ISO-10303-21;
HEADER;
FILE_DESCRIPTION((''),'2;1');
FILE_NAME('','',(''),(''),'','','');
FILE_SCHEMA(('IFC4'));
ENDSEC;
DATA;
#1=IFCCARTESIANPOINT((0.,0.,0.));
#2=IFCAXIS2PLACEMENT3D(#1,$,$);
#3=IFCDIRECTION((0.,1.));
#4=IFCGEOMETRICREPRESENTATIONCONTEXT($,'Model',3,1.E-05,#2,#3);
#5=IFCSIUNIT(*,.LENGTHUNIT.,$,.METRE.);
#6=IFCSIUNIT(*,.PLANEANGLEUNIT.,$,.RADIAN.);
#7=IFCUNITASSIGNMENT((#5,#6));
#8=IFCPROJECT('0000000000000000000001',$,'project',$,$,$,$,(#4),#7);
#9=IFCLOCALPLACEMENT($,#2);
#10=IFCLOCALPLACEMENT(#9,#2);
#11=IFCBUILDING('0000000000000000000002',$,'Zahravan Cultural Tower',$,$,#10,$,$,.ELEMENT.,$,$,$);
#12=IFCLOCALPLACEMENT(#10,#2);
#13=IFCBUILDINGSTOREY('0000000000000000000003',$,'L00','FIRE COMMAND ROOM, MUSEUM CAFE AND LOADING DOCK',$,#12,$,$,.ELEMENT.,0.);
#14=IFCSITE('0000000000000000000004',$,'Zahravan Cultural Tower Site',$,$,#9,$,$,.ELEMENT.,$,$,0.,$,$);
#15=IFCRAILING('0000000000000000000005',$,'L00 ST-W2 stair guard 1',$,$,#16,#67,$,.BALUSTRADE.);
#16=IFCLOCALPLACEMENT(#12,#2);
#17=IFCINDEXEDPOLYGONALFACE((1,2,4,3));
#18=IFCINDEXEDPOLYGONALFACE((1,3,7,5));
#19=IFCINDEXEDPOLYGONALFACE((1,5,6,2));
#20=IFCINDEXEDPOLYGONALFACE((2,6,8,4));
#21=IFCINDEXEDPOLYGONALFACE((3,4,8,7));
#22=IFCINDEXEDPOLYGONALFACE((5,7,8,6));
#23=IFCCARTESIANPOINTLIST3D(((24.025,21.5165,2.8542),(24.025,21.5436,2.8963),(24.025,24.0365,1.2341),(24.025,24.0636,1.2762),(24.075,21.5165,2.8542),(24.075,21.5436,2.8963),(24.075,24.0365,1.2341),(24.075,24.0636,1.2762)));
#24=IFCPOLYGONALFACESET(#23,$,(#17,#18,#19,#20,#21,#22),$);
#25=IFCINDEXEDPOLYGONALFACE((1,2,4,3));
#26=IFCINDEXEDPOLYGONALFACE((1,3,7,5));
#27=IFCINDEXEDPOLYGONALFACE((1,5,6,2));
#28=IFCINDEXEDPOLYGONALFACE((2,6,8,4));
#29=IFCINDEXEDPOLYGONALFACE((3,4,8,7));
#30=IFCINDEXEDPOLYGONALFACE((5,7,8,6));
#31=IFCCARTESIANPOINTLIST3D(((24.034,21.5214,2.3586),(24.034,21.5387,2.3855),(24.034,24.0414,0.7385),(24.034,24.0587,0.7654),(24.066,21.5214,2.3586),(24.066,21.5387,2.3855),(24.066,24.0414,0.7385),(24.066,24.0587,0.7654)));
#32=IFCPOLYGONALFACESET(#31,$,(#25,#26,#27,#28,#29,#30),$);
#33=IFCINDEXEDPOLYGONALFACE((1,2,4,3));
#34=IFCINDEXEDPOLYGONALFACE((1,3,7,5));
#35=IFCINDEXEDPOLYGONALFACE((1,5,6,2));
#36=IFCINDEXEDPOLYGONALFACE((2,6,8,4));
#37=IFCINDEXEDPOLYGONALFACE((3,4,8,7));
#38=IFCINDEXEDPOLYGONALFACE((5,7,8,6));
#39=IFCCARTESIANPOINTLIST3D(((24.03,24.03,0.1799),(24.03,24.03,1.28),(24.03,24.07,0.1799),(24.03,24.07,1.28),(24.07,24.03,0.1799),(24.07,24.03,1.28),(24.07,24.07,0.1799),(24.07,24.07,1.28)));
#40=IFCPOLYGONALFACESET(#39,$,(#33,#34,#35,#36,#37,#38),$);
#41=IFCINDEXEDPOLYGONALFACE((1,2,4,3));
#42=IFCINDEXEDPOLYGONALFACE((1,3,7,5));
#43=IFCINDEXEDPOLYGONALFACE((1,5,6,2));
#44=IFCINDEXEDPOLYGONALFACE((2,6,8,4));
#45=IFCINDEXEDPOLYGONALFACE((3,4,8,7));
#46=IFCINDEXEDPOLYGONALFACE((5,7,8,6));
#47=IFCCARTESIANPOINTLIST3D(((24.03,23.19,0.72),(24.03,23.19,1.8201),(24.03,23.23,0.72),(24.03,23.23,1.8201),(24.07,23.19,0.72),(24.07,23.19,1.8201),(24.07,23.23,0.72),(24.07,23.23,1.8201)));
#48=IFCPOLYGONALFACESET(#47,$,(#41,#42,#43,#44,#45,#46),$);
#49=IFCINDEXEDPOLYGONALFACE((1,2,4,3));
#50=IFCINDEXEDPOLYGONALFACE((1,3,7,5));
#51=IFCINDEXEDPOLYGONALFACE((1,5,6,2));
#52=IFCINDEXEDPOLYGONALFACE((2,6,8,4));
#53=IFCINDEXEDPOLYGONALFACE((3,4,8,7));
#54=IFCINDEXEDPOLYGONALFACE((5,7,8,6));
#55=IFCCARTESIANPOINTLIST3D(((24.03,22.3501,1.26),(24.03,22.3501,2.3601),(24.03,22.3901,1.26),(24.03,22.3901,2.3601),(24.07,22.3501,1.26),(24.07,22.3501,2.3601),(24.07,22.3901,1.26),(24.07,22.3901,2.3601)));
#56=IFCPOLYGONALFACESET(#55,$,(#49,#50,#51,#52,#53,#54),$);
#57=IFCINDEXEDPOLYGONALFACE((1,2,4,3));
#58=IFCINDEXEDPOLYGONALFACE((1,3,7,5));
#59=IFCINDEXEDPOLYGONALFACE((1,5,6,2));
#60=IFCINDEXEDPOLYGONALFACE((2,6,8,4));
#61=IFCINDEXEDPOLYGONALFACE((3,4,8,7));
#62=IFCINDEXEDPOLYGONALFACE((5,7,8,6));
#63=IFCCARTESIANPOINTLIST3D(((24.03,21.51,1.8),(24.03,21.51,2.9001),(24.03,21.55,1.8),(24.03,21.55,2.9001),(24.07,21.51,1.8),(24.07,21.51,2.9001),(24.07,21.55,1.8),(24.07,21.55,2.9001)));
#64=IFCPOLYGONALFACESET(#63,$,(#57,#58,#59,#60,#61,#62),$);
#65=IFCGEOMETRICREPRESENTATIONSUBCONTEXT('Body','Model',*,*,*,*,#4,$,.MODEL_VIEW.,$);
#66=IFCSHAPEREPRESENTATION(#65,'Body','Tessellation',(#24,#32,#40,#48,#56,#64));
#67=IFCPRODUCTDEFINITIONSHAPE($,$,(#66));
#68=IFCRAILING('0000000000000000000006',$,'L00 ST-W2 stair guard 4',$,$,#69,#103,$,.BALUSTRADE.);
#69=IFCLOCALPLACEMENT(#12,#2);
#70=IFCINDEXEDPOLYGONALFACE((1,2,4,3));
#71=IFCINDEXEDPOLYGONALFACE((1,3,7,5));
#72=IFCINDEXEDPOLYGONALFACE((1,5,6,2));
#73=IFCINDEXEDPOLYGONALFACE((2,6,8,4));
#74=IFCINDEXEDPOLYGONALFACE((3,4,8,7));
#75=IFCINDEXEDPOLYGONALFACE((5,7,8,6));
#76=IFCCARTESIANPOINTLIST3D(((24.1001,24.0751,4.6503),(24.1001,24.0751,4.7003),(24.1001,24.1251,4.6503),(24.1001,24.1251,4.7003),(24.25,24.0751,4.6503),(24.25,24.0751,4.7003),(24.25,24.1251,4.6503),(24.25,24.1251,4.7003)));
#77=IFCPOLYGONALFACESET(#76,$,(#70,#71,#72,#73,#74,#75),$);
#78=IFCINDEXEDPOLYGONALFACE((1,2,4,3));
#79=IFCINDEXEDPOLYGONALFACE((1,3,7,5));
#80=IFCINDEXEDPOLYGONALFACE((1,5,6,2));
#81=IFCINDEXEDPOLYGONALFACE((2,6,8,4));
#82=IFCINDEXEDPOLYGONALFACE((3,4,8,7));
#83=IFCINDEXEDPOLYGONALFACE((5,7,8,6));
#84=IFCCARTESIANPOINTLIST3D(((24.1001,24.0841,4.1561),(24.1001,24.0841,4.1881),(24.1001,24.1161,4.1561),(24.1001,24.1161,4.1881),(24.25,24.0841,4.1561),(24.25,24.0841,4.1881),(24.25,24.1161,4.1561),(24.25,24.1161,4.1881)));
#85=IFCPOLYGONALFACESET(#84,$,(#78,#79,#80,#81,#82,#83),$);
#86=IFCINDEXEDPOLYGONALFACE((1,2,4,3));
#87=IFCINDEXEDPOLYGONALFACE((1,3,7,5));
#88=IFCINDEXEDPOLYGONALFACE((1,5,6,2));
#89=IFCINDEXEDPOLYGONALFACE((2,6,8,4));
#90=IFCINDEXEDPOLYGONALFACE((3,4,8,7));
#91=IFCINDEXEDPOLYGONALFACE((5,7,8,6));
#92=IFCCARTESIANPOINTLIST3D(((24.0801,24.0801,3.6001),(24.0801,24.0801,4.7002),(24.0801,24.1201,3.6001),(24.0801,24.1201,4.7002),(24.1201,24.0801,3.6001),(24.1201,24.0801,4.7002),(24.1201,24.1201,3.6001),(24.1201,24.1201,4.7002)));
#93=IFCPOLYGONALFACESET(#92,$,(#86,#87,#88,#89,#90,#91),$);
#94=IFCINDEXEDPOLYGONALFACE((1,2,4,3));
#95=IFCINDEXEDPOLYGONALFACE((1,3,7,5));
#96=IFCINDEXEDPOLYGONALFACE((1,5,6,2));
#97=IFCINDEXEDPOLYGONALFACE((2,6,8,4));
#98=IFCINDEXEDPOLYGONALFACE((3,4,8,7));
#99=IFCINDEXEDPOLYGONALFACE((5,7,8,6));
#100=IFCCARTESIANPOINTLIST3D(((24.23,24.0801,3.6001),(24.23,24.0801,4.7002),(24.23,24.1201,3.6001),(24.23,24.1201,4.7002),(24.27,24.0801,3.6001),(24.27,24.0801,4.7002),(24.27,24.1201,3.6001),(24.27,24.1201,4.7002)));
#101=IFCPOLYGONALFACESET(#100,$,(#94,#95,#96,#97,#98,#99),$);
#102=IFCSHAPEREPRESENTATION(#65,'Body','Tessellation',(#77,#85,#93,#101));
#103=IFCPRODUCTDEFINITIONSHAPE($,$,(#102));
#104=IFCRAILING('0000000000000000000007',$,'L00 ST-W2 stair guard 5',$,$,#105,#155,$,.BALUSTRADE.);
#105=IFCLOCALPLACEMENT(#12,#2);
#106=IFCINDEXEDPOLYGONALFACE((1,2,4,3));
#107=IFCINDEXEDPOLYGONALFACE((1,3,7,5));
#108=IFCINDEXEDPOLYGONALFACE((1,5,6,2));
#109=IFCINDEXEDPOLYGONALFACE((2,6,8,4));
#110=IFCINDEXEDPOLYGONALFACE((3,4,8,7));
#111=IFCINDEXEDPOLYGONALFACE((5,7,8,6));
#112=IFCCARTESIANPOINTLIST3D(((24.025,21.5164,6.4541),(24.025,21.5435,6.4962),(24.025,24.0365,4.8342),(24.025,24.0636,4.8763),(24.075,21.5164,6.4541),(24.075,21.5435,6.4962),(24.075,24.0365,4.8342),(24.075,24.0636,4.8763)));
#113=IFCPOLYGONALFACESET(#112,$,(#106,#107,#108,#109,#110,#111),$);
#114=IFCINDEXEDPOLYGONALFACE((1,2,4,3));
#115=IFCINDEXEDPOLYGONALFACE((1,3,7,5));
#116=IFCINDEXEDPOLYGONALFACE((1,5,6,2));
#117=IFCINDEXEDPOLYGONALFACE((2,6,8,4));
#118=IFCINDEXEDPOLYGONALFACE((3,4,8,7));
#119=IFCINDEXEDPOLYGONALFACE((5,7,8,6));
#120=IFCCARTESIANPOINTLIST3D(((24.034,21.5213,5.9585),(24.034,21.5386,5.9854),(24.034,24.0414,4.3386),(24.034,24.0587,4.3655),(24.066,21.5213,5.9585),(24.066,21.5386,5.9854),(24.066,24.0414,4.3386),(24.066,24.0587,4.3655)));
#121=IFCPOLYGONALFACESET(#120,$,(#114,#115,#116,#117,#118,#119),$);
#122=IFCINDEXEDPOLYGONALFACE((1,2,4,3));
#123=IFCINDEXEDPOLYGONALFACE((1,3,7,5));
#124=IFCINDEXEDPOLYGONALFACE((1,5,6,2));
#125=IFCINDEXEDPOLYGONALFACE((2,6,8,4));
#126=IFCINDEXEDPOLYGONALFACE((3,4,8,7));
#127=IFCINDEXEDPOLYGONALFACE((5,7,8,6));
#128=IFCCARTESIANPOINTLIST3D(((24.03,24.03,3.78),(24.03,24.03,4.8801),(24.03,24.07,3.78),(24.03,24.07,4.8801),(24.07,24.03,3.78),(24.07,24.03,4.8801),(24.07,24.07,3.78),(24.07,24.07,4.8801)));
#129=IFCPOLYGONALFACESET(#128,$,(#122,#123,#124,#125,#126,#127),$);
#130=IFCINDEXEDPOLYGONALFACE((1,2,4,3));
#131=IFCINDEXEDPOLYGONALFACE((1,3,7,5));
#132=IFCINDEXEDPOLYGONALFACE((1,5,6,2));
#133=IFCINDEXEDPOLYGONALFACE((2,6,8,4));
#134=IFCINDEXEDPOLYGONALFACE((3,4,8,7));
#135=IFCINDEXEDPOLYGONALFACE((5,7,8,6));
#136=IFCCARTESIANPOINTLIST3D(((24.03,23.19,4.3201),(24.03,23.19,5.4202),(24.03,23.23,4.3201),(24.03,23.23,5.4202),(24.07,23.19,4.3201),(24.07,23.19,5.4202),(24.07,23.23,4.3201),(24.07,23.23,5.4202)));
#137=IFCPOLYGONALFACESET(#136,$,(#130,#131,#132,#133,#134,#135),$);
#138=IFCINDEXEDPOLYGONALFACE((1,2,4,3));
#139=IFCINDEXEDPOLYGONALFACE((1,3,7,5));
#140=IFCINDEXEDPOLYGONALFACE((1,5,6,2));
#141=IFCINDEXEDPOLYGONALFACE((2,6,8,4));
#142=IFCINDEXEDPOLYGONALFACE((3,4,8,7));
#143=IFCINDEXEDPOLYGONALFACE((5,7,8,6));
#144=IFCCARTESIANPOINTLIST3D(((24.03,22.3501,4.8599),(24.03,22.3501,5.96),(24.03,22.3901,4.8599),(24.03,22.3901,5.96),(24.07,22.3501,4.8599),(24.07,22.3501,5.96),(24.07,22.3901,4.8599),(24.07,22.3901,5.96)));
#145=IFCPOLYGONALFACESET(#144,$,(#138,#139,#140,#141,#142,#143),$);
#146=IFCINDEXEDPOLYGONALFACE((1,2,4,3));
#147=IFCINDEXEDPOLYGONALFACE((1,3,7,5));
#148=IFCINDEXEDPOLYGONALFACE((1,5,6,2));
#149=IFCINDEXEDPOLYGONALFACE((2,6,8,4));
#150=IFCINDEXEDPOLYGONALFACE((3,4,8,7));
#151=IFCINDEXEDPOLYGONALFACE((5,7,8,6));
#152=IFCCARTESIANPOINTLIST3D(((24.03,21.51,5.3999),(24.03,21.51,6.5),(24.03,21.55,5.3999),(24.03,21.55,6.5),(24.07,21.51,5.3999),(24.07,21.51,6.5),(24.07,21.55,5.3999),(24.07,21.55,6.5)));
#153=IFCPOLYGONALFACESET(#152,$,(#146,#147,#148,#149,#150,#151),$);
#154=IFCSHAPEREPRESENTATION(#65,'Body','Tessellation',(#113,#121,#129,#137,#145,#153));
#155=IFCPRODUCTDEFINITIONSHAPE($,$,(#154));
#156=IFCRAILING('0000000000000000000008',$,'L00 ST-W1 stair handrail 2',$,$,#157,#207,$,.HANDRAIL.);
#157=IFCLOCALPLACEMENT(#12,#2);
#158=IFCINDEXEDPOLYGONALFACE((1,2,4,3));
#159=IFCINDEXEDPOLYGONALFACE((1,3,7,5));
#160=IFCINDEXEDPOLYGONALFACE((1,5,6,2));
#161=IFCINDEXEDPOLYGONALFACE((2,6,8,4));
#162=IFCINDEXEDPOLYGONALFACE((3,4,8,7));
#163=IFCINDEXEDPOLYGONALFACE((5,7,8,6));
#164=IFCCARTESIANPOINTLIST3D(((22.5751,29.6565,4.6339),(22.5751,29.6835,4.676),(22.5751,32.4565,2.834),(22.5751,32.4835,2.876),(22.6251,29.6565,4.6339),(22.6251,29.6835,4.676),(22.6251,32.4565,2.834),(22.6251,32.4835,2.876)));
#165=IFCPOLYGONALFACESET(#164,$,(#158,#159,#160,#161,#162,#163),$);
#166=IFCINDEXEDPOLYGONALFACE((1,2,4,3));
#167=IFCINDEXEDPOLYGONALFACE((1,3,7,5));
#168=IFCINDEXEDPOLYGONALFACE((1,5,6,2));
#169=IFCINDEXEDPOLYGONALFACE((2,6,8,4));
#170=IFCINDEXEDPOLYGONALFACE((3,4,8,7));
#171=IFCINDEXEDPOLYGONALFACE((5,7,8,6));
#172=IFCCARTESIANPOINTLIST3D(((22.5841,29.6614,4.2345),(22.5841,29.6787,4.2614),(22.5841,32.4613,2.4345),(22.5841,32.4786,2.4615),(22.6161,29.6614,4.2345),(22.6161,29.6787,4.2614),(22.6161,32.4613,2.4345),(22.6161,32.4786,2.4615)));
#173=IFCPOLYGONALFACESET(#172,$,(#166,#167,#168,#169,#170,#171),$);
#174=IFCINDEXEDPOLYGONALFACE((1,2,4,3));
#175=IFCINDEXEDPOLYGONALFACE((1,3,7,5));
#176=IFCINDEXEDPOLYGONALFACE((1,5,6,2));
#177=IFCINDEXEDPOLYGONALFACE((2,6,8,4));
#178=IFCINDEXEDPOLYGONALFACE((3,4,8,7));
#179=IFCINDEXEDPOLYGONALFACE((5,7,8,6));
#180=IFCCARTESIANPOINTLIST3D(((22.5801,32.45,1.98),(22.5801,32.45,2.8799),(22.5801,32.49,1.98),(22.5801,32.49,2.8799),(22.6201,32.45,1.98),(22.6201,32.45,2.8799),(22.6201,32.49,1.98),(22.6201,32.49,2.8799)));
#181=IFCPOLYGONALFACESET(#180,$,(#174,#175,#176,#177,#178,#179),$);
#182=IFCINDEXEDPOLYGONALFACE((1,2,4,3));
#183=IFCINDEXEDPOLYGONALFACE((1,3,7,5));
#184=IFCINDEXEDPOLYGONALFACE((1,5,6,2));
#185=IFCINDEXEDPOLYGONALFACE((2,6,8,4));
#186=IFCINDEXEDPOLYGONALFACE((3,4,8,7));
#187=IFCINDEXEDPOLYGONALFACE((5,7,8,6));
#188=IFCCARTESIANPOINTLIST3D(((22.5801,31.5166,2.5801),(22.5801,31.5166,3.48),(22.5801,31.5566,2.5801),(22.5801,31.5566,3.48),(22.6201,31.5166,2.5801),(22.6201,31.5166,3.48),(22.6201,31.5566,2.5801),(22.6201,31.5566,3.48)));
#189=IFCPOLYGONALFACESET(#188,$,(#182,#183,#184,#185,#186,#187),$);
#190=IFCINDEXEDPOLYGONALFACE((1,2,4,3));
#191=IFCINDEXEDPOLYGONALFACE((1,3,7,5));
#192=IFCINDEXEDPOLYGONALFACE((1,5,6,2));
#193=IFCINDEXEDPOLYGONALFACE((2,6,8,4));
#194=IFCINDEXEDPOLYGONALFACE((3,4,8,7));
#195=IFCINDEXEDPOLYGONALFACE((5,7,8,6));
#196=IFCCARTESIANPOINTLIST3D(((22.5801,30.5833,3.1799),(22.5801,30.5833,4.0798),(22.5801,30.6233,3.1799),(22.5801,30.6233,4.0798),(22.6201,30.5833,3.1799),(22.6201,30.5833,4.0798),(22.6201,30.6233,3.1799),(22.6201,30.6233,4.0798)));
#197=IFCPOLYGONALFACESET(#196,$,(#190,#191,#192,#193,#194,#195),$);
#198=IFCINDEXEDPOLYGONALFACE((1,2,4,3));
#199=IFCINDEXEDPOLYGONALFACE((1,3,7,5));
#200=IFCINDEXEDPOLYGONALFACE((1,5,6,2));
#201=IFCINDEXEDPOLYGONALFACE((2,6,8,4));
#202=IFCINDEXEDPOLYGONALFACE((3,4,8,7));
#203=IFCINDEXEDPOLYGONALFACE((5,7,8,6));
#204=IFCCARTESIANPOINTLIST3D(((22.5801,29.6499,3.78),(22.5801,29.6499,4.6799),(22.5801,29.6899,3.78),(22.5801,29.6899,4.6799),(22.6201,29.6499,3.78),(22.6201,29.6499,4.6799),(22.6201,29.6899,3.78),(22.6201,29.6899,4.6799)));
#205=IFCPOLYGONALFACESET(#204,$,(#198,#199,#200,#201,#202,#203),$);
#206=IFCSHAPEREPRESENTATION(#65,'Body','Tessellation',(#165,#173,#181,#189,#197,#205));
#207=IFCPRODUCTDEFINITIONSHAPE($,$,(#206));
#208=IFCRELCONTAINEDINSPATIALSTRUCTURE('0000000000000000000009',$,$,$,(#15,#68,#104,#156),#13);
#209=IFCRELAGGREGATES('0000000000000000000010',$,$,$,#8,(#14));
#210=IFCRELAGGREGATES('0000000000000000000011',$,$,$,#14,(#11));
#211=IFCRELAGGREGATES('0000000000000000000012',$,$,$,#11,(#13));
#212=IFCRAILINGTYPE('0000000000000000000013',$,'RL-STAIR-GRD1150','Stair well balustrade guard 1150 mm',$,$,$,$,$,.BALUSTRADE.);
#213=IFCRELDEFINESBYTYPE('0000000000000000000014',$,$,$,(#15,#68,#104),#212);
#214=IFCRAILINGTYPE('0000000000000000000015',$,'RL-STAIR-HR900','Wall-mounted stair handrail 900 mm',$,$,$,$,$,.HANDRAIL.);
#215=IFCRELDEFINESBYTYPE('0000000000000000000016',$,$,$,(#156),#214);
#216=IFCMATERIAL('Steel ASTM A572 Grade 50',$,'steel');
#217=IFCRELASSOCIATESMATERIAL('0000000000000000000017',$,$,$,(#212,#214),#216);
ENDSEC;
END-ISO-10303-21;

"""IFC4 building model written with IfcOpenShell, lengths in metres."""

from ifc_helpers import new_model, si_unit, direction, frame, origin, origin_2d, place, context, subcontext, project, spatial, rectangle, extrude, material, type_object, element, save


model = new_model("IFC4")

# Units and contexts
model_context = context("Model", 3, precision=1e-05, world=origin(), true_north=direction((0.0, 1.0)))
body_context = subcontext(model_context, "Body", "Model", "MODEL_VIEW")
ifc_project = project(units=[si_unit("LENGTHUNIT", "METRE"), si_unit("PLANEANGLEUNIT", "RADIAN")], contexts=[model_context])

# Site, building, storey
site_placement = place(None, origin())
site = spatial("IfcSite", under=ifc_project, at=site_placement, Name="Zahravan Cultural Tower Site", CompositionType="ELEMENT", RefElevation=0.0)
building_placement = place(site_placement, origin())
building = spatial("IfcBuilding", under=site, at=building_placement, Name="Zahravan Cultural Tower", CompositionType="ELEMENT")
storey_placement = place(building_placement, origin())
storey = spatial("IfcBuildingStorey", under=building, at=storey_placement, Name="L00", Description="FIRE COMMAND ROOM, MUSEUM CAFE AND LOADING DOCK", CompositionType="ELEMENT", Elevation=0.0)

# Railings
ifc_material_1 = material(Name="Steel ASTM A572 Grade 50", Category="steel")
railing_type_1 = type_object("IfcRailingType", Name="RL-STAIR-GRD1150", Description="Stair well balustrade guard 1150 mm", PredefinedType="BALUSTRADE", material=ifc_material_1)
railing_1_placement = place(storey_placement, frame((24.05, 24.05, 0.1799)))
element("IfcRailing", 1, at=railing_1_placement, inside=storey, type_object=railing_type_1, Name="L00 ST-W2 stair guard 1", PredefinedType="BALUSTRADE", context=body_context, shape_type="SweptSolid", body=[
    extrude(rectangle(XDim=0.05, YDim=0.05, at=origin_2d()), frame((0.0, 0.0, 1.0752), z_axis=(0.0, -0.841163, 0.540782), x_axis=(1.0, 0.0, 0.0)), (0.0, 0.0, 1.0), 2.9958),
    extrude(rectangle(XDim=0.032, YDim=0.032, at=origin_2d()), frame((0.0, 0.0, 0.572), z_axis=(0.0, -0.841163, 0.540782), x_axis=(1.0, 0.0, 0.0)), (0.0, 0.0, 1.0), 2.9958),
    extrude(rectangle(XDim=0.04, YDim=0.04, at=origin_2d()), origin(), (0.0, 0.0, 1.0), 1.1001),
    extrude(rectangle(XDim=0.04, YDim=0.04, at=origin_2d()), frame((0.0, -0.8401, 0.54)), (0.0, 0.0, 1.0), 1.1001),
    extrude(rectangle(XDim=0.04, YDim=0.04, at=origin_2d()), frame((0.0, -1.6799, 1.0801)), (0.0, 0.0, 1.0), 1.1001),
    extrude(rectangle(XDim=0.04, YDim=0.04, at=origin_2d()), frame((0.0, -2.52, 1.6201)), (0.0, 0.0, 1.0), 1.1001),
])
railing_2_placement = place(storey_placement, frame((24.1001, 24.1001, 3.6001)))
element("IfcRailing", 2, at=railing_2_placement, inside=storey, type_object=railing_type_1, Name="L00 ST-W2 stair guard 4", PredefinedType="BALUSTRADE", context=body_context, shape_type="SweptSolid", body=[
    extrude(rectangle(XDim=0.05, YDim=0.05, at=origin_2d()), frame((0.0, 0.0, 1.0752), z_axis=(1.0, 0.0, 0.0), x_axis=(0.0, 1.0, 0.0)), (0.0, 0.0, 1.0), 0.1499),
    extrude(rectangle(XDim=0.032, YDim=0.032, at=origin_2d()), frame((0.0, 0.0, 0.572), z_axis=(1.0, 0.0, 0.0), x_axis=(0.0, 1.0, 0.0)), (0.0, 0.0, 1.0), 0.1499),
    extrude(rectangle(XDim=0.04, YDim=0.04, at=origin_2d()), origin(), (0.0, 0.0, 1.0), 1.1001),
    extrude(rectangle(XDim=0.04, YDim=0.04, at=origin_2d()), frame((0.1499, 0.0, 0.0)), (0.0, 0.0, 1.0), 1.1001),
])
railing_3_placement = place(storey_placement, frame((24.05, 24.05, 3.78)))
element("IfcRailing", 3, at=railing_3_placement, inside=storey, type_object=railing_type_1, Name="L00 ST-W2 stair guard 5", PredefinedType="BALUSTRADE", context=body_context, shape_type="SweptSolid", body=[
    extrude(rectangle(XDim=0.05, YDim=0.05, at=origin_2d()), frame((0.0, 0.0, 1.0752), z_axis=(0.0, -0.8412, 0.540725), x_axis=(1.0, 0.0, 0.0)), (0.0, 0.0, 1.0), 2.9958),
    extrude(rectangle(XDim=0.032, YDim=0.032, at=origin_2d()), frame((0.0, 0.0, 0.572), z_axis=(0.0, -0.8412, 0.540725), x_axis=(1.0, 0.0, 0.0)), (0.0, 0.0, 1.0), 2.9958),
    extrude(rectangle(XDim=0.04, YDim=0.04, at=origin_2d()), origin(), (0.0, 0.0, 1.0), 1.1001),
    extrude(rectangle(XDim=0.04, YDim=0.04, at=origin_2d()), frame((0.0, -0.8401, 0.54)), (0.0, 0.0, 1.0), 1.1001),
    extrude(rectangle(XDim=0.04, YDim=0.04, at=origin_2d()), frame((0.0, -1.6799, 1.0798)), (0.0, 0.0, 1.0), 1.1001),
    extrude(rectangle(XDim=0.04, YDim=0.04, at=origin_2d()), frame((0.0, -2.52, 1.6199)), (0.0, 0.0, 1.0), 1.1001),
])
railing_type_2 = type_object("IfcRailingType", Name="RL-STAIR-HR900", Description="Wall-mounted stair handrail 900 mm", PredefinedType="HANDRAIL", material=ifc_material_1)
railing_4_placement = place(storey_placement, frame((22.6001, 32.47, 1.98)))
element("IfcRailing", 4, at=railing_4_placement, inside=storey, type_object=railing_type_2, Name="L00 ST-W1 stair handrail 2", PredefinedType="HANDRAIL", context=body_context, shape_type="SweptSolid", body=[
    extrude(rectangle(XDim=0.05, YDim=0.05, at=origin_2d()), frame((0.0, 0.0, 0.875), z_axis=(0.0, -0.841176, 0.540761), x_axis=(1.0, 0.0, 0.0)), (0.0, 0.0, 1.0), 3.3286),
    extrude(rectangle(XDim=0.032, YDim=0.032, at=origin_2d()), frame((0.0, 0.0, 0.468), z_axis=(0.0, -0.841176, 0.540761), x_axis=(1.0, 0.0, 0.0)), (0.0, 0.0, 1.0), 3.3286),
    extrude(rectangle(XDim=0.04, YDim=0.04, at=origin_2d()), origin(), (0.0, 0.0, 1.0), 0.8999),
    extrude(rectangle(XDim=0.04, YDim=0.04, at=origin_2d()), frame((0.0, -0.9333, 0.6001)), (0.0, 0.0, 1.0), 0.8999),
    extrude(rectangle(XDim=0.04, YDim=0.04, at=origin_2d()), frame((0.0, -1.8667, 1.2)), (0.0, 0.0, 1.0), 0.8999),
    extrude(rectangle(XDim=0.04, YDim=0.04, at=origin_2d()), frame((0.0, -2.8, 1.8)), (0.0, 0.0, 1.0), 0.8999),
])

save(model, "model.ifc")
